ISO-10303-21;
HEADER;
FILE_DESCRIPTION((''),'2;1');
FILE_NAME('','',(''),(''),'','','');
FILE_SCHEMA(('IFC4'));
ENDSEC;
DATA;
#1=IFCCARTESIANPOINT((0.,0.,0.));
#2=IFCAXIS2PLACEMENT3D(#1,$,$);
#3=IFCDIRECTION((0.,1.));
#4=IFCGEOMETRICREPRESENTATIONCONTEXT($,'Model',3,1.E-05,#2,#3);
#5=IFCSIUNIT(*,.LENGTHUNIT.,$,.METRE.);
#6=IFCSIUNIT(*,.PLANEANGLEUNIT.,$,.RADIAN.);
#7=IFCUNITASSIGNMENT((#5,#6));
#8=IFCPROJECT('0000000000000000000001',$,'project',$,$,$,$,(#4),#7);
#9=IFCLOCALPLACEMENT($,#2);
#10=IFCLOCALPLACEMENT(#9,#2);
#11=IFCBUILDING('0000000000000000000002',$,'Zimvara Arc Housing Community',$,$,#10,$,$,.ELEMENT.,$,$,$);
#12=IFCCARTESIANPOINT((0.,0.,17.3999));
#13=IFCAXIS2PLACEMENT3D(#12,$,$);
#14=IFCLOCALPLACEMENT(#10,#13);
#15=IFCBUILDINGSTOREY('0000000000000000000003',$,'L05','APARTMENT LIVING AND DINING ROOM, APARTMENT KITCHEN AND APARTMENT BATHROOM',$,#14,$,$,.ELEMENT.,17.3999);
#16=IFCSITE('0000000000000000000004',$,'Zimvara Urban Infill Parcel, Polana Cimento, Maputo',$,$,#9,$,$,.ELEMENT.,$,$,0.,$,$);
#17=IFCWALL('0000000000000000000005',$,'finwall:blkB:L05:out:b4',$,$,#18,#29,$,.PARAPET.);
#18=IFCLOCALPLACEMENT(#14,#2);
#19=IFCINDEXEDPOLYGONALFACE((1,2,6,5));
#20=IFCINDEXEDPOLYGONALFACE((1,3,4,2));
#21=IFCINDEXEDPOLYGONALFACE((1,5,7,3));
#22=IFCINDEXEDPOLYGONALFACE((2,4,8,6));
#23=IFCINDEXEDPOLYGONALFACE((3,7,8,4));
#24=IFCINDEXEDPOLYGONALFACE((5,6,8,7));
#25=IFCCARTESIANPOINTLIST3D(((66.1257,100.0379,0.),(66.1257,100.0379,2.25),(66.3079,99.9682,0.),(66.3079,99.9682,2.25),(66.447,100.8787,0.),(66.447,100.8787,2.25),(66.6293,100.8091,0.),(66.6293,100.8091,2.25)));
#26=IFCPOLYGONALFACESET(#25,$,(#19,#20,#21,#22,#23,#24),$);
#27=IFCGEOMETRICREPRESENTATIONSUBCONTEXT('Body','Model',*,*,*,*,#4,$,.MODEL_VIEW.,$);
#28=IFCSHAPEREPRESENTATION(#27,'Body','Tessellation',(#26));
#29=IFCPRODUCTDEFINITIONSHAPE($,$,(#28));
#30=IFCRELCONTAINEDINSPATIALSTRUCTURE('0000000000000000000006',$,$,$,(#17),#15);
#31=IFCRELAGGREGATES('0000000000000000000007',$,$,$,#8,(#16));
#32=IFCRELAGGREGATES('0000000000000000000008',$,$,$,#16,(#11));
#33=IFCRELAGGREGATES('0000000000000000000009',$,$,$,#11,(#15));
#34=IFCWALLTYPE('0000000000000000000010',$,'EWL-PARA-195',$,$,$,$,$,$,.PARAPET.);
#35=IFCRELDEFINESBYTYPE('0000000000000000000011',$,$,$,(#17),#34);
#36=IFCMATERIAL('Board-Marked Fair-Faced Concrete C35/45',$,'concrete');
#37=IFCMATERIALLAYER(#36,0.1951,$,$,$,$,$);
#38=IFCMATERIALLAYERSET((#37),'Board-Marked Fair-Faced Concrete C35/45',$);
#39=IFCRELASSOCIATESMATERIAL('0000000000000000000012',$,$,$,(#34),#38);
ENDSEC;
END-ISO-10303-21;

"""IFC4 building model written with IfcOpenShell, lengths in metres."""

from ifc_helpers import new_model, si_unit, direction, frame, frame_2d, origin, place, context, subcontext, project, spatial, rectangle, extrude, material, layer, layer_set, type_object, element, save


model = new_model("IFC4")

# Units and contexts
model_context = context("Model", 3, precision=1e-05, world=origin(), true_north=direction((0.0, 1.0)))
body_context = subcontext(model_context, "Body", "Model", "MODEL_VIEW")
ifc_project = project(units=[si_unit("LENGTHUNIT", "METRE"), si_unit("PLANEANGLEUNIT", "RADIAN")], contexts=[model_context])

# Site, building, storey
site_placement = place(None, origin())
site = spatial("IfcSite", under=ifc_project, at=site_placement, Name="Zimvara Urban Infill Parcel, Polana Cimento, Maputo", CompositionType="ELEMENT", RefElevation=0.0)
building_placement = place(site_placement, origin())
building = spatial("IfcBuilding", under=site, at=building_placement, Name="Zimvara Arc Housing Community", CompositionType="ELEMENT")
storey_placement = place(building_placement, frame((0.0, 0.0, 17.3999)))
storey = spatial("IfcBuildingStorey", under=building, at=storey_placement, Name="L05", Description="APARTMENT LIVING AND DINING ROOM, APARTMENT KITCHEN AND APARTMENT BATHROOM", CompositionType="ELEMENT", Elevation=17.3999)

# Wall
ifc_material_1 = material(Name="Board-Marked Fair-Faced Concrete C35/45", Category="concrete")
ifc_layer_1 = layer(ifc_material_1, 0.1951)
ifc_layer_set_1 = layer_set([ifc_layer_1], Name="Board-Marked Fair-Faced Concrete C35/45")
wall_type = type_object("IfcWallType", Name="EWL-PARA-195", PredefinedType="PARAPET", material=ifc_layer_set_1)
wall_placement = place(storey_placement, frame((66.2168, 100.0029, 0.0), z_axis=(0.0, 0.0, 1.0), x_axis=(0.356943, 0.934126, 0.0)))
element("IfcWall", 1, at=wall_placement, inside=storey, type_object=wall_type, Name="finwall:blkB:L05:out:b4", PredefinedType="PARAPET", context=body_context, shape_type="SweptSolid", body=[
    extrude(rectangle(XDim=0.9001, YDim=0.1951, at=frame_2d((0.4502, 0.0))), origin(), (0.0, 0.0, 1.0), 2.25),
])

save(model, "model.ifc")
